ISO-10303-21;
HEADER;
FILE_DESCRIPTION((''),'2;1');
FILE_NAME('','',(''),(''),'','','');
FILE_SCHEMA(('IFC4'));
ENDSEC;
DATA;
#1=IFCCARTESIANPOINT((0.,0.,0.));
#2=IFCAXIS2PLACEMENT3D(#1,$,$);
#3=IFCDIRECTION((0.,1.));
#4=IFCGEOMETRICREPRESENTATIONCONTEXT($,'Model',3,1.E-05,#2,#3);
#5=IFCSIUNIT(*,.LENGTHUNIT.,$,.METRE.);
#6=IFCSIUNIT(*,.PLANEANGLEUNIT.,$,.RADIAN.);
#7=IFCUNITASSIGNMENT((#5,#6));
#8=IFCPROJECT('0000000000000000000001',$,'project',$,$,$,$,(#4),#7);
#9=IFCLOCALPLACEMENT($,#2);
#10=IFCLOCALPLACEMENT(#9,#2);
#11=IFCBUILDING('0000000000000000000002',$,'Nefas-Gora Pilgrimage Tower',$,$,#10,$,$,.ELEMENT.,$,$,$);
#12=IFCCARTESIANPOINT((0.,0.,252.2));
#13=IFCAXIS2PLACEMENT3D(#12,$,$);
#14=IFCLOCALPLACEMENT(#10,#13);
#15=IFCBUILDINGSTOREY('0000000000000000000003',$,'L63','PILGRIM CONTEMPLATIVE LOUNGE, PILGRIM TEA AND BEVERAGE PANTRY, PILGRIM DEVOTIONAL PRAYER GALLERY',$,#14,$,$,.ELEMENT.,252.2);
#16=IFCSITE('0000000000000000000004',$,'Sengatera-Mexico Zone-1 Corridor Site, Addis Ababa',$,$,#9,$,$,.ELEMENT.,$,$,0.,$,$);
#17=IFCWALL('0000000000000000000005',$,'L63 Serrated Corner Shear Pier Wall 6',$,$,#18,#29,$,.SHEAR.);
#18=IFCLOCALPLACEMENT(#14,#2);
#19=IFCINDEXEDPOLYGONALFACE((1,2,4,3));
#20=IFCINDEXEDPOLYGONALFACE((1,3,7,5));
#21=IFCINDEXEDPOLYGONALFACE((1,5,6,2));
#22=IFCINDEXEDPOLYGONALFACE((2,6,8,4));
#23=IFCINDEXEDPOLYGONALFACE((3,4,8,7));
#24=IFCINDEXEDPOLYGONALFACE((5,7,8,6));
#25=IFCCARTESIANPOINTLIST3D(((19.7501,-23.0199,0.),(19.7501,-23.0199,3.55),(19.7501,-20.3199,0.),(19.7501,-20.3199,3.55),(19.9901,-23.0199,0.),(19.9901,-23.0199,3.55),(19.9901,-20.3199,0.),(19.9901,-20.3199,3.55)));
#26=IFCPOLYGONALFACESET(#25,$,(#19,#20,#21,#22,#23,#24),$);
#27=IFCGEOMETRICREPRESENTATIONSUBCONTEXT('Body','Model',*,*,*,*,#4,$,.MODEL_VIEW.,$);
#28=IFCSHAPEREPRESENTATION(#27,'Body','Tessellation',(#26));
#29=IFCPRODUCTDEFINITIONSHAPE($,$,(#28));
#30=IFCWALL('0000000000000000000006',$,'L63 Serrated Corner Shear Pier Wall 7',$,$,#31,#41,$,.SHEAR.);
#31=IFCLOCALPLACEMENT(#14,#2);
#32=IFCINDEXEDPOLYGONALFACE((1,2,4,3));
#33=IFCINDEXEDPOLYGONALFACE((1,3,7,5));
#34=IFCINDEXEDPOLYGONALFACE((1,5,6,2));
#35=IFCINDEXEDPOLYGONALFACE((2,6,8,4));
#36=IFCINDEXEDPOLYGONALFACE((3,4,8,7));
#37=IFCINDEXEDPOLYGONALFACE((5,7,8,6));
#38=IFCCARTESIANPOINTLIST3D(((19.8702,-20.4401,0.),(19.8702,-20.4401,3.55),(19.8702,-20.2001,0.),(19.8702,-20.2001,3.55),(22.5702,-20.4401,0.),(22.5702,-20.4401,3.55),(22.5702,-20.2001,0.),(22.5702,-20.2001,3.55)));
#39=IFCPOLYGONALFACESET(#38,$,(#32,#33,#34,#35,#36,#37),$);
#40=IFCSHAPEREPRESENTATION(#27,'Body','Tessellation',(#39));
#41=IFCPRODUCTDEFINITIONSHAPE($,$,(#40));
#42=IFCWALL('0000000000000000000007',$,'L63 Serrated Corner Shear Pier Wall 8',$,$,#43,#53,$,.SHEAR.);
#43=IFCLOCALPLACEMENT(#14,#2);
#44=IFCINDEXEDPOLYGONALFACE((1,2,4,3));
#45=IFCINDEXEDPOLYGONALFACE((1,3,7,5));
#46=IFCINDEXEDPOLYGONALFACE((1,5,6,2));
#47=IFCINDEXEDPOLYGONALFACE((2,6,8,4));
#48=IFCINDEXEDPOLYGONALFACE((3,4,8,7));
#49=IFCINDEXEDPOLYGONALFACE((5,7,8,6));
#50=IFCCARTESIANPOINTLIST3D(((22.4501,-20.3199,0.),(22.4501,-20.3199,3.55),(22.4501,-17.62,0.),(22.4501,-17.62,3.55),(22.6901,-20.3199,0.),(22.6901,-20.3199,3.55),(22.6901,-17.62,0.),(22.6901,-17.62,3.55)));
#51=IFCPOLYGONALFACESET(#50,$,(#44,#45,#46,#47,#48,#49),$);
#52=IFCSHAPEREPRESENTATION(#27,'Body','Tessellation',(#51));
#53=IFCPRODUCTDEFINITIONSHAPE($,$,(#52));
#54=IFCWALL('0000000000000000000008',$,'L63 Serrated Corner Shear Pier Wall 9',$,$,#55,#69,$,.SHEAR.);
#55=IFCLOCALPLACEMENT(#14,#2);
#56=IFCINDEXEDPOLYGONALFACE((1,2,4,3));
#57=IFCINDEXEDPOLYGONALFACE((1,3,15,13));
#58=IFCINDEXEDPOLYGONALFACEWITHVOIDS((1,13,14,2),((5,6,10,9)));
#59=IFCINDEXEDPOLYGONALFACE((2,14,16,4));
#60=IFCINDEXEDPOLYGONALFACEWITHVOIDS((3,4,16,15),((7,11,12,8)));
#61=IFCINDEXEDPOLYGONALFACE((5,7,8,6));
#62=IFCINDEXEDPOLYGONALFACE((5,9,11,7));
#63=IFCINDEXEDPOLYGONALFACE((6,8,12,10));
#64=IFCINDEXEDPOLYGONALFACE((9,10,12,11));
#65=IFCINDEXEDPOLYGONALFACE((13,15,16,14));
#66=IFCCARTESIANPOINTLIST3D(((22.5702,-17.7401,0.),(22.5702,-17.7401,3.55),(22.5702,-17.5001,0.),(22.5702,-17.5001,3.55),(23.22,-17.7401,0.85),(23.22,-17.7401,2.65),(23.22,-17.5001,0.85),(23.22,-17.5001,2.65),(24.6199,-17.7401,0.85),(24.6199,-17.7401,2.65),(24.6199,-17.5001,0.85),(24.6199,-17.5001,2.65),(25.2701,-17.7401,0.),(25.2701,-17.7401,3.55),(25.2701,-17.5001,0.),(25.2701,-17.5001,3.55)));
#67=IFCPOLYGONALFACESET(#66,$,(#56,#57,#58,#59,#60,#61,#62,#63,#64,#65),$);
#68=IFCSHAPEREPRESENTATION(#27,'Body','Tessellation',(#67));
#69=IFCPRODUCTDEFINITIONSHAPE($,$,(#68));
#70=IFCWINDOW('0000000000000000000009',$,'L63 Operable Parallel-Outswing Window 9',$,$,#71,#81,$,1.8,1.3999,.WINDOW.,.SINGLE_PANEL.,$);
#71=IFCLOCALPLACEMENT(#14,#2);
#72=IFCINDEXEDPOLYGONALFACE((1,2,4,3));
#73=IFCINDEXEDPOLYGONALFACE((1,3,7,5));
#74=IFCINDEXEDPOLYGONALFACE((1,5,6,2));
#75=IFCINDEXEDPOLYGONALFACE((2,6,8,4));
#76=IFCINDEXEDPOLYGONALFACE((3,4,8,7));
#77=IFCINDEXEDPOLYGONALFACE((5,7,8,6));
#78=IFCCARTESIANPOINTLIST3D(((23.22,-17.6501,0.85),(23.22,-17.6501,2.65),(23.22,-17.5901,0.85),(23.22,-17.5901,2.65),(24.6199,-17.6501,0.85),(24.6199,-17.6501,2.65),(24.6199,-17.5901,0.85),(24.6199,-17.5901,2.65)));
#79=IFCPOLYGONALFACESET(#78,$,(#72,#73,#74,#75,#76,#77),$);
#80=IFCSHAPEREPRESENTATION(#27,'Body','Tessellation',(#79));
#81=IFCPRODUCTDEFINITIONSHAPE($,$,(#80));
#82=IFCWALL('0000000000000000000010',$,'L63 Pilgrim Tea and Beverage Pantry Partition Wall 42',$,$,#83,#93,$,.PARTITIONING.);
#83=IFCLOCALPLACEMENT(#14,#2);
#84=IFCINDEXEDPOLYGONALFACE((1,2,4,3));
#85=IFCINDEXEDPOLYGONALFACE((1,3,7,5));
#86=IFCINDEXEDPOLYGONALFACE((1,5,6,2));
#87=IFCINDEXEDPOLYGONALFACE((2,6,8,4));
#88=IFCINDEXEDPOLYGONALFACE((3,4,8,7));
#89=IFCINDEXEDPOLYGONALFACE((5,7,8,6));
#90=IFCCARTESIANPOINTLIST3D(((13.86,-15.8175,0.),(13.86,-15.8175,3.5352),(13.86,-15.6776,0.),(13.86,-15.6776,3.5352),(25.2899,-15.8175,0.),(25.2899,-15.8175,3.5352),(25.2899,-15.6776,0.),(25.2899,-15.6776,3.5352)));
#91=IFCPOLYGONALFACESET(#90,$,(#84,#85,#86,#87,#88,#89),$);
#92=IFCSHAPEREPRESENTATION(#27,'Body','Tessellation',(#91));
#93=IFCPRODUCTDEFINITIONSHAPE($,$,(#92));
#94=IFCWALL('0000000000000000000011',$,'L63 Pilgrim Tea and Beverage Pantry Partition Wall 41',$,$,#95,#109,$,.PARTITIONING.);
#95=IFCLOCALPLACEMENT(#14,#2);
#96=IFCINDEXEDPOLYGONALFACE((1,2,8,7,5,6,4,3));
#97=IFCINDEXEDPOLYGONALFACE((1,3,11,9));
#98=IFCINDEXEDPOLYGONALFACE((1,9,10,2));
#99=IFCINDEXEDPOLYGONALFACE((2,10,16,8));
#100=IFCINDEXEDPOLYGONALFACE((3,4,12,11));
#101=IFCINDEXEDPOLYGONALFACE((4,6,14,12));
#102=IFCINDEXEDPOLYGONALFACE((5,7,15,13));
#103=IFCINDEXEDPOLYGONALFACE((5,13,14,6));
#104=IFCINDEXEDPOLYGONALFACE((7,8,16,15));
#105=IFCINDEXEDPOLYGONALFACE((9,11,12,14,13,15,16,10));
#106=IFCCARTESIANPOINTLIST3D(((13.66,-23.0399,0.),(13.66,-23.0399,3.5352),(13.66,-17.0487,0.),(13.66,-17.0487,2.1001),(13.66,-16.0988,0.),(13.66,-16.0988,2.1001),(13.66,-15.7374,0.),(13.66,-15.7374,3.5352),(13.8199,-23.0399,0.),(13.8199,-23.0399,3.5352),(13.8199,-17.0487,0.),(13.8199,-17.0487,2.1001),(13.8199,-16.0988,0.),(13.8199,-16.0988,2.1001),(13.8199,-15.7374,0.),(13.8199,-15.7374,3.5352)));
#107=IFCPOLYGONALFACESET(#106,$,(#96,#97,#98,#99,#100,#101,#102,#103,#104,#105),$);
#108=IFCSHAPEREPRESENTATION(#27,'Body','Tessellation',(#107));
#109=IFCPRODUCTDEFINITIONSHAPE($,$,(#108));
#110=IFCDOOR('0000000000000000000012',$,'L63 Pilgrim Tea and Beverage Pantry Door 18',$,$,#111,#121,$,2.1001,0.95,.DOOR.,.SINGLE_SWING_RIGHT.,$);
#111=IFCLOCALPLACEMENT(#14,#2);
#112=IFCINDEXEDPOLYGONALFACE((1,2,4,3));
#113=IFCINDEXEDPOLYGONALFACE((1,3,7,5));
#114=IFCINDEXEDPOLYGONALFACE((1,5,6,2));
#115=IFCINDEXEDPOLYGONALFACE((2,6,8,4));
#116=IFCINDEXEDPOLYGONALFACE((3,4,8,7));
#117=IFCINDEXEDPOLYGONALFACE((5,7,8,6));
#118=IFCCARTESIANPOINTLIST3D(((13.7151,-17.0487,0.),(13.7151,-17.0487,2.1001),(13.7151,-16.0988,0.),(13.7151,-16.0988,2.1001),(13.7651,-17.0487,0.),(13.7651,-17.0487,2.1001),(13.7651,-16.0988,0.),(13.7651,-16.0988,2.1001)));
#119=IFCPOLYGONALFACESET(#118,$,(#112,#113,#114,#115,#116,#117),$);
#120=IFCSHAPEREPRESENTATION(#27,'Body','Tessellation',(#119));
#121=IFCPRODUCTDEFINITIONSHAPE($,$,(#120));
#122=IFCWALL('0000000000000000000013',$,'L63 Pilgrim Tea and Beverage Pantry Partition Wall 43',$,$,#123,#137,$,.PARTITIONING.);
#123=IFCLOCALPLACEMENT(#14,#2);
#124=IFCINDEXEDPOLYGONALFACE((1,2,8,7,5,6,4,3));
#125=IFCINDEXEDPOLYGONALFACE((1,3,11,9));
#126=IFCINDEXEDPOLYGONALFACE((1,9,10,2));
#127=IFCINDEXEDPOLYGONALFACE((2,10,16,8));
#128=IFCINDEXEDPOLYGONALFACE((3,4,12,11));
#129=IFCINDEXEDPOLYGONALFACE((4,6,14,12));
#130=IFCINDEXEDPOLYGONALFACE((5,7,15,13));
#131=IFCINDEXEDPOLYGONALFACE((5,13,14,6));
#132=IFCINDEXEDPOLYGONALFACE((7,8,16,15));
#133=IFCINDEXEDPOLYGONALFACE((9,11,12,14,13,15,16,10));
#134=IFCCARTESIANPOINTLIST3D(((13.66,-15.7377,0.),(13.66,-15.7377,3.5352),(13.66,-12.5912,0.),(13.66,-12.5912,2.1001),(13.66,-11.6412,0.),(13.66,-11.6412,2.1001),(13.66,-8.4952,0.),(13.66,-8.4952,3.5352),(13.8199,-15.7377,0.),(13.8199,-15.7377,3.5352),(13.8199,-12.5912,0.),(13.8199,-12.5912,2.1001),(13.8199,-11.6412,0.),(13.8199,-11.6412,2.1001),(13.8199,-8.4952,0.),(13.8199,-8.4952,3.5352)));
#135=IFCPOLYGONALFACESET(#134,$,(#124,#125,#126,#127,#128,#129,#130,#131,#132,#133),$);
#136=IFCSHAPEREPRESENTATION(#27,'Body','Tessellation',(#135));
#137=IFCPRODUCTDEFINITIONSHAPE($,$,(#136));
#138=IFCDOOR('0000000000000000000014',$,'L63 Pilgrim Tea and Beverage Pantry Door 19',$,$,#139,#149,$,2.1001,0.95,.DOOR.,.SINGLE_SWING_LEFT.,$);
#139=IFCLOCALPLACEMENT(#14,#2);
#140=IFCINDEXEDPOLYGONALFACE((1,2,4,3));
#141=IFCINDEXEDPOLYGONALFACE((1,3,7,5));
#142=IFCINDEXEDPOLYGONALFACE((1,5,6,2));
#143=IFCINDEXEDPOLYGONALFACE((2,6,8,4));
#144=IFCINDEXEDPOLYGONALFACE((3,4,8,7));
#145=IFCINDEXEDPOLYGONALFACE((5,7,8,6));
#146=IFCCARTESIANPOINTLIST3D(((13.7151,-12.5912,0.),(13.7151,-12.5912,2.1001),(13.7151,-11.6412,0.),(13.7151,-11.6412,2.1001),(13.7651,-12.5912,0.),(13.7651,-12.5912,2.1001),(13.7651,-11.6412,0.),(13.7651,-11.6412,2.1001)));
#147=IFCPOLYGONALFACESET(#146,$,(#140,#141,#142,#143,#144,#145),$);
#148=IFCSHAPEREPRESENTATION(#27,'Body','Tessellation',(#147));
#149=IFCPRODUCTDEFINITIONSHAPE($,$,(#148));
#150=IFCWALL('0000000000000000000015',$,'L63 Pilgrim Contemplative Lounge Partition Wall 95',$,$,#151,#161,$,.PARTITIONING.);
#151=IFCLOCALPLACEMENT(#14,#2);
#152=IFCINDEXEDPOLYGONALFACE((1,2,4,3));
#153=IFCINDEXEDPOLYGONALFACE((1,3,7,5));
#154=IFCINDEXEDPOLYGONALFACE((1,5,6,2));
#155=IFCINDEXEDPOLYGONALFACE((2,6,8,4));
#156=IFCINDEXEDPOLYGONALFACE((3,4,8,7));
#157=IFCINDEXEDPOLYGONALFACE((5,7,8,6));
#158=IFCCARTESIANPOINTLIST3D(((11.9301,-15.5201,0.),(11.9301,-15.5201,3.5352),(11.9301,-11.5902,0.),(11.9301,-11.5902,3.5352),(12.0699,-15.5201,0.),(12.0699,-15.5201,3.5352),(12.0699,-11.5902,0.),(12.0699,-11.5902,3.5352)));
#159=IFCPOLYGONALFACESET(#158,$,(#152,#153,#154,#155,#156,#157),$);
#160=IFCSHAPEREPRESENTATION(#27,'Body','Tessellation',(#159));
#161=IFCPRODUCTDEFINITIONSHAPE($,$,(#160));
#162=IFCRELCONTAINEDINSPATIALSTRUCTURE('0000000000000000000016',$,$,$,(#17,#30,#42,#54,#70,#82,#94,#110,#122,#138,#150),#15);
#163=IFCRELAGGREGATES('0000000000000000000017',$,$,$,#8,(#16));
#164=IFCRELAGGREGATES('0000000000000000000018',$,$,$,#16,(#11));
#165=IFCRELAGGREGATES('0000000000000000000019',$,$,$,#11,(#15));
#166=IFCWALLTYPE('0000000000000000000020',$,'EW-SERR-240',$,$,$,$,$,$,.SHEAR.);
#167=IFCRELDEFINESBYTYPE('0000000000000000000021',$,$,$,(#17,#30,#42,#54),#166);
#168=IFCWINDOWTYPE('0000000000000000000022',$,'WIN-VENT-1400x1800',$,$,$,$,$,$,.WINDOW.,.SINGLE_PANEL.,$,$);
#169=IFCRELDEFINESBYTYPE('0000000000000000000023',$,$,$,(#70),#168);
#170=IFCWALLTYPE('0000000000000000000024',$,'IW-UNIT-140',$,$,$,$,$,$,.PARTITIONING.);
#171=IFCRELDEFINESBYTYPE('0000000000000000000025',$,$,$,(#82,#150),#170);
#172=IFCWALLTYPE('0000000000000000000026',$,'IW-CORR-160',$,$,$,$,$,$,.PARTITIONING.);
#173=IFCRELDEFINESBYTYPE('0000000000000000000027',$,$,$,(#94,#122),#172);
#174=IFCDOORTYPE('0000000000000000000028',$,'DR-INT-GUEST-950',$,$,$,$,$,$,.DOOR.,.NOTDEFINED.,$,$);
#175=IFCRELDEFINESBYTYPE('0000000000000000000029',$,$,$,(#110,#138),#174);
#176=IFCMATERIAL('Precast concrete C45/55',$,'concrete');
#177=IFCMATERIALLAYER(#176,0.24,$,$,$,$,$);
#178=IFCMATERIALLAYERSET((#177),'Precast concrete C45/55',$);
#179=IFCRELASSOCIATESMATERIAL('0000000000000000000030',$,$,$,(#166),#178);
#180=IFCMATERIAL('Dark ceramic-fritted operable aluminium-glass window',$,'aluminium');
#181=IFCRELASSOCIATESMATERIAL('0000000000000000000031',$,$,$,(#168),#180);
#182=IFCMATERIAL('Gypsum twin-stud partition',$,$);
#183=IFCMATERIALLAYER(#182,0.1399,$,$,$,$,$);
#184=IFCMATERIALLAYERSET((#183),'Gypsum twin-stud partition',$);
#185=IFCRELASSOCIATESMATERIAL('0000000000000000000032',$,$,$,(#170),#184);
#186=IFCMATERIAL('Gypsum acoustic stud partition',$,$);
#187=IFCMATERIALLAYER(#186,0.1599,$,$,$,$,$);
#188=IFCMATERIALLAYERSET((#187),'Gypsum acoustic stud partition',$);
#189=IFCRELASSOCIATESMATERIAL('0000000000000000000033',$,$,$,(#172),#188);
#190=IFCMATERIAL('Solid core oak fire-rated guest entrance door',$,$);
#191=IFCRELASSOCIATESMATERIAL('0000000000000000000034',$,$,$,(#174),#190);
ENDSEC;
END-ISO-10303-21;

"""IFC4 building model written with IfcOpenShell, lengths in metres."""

from ifc_helpers import new_model, si_unit, direction, frame, frame_2d, origin, place, context, subcontext, project, spatial, rectangle, extrude, source, transform, mapped, material, layer, layer_set, type_object, element, fill, save


model = new_model("IFC4")

# Units and contexts
model_context = context("Model", 3, precision=1e-05, world=origin(), true_north=direction((0.0, 1.0)))
body_context = subcontext(model_context, "Body", "Model", "MODEL_VIEW")
ifc_project = project(units=[si_unit("LENGTHUNIT", "METRE"), si_unit("PLANEANGLEUNIT", "RADIAN")], contexts=[model_context])

# Site, building, storey
site_placement = place(None, origin())
site = spatial("IfcSite", under=ifc_project, at=site_placement, Name="Sengatera-Mexico Zone-1 Corridor Site, Addis Ababa", CompositionType="ELEMENT", RefElevation=0.0)
building_placement = place(site_placement, origin())
building = spatial("IfcBuilding", under=site, at=building_placement, Name="Nefas-Gora Pilgrimage Tower", CompositionType="ELEMENT")
storey_placement = place(building_placement, frame((0.0, 0.0, 252.2)))
storey = spatial("IfcBuildingStorey", under=building, at=storey_placement, Name="L63", Description="PILGRIM CONTEMPLATIVE LOUNGE, PILGRIM TEA AND BEVERAGE PANTRY, PILGRIM DEVOTIONAL PRAYER GALLERY", CompositionType="ELEMENT", Elevation=252.2)

# Walls
ifc_material_1 = material(Name="Precast concrete C45/55", Category="concrete")
ifc_layer_1 = layer(ifc_material_1, 0.24)
ifc_layer_set_1 = layer_set([ifc_layer_1], Name="Precast concrete C45/55")
wall_type_1 = type_object("IfcWallType", Name="EW-SERR-240", PredefinedType="SHEAR", material=ifc_layer_set_1)
shared_shape_1 = source(origin(), body_context, "Body", "SweptSolid", [
    extrude(rectangle(XDim=2.7, YDim=0.24, at=frame_2d((1.3501, 0.0))), origin(), (0.0, 0.0, 1.0), 3.55),
])
for number, where, z_axis, x_axis, name in (
    (1, (19.8701, -23.02, 0.0), (0.0, 0.0, 1.0), (0.0, 1.0, 0.0), "L63 Serrated Corner Shear Pier Wall 6"),
    (2, (19.8701, -20.3201, 0.0), (0.0, 0.0, 1.0), (1.0, 0.0, 0.0), "L63 Serrated Corner Shear Pier Wall 7"),
    (3, (22.5701, -20.3201, 0.0), (0.0, 0.0, 1.0), (0.0, 1.0, 0.0), "L63 Serrated Corner Shear Pier Wall 8"),
):
    element("IfcWall", number, at=place(storey_placement, frame(where, z_axis=z_axis, x_axis=x_axis)), inside=storey, type_object=wall_type_1, Name=name, PredefinedType="SHEAR", context=body_context, shape_type="MappedRepresentation", body=[
        mapped(shared_shape_1, transform((0.0, 0.0, 0.0), x_axis=(1.0, 0.0, 0.0), y_axis=(0.0, 1.0, 0.0), z_axis=(0.0, 0.0, 1.0), scale=1.0)),
    ])

# Wall, opening, window
wall_1_placement = place(storey_placement, frame((22.5701, -17.6201, 0.0), z_axis=(0.0, 0.0, 1.0), x_axis=(1.0, 0.0, 0.0)))
wall_1 = element("IfcWall", 4, at=wall_1_placement, inside=storey, type_object=wall_type_1, Name="L63 Serrated Corner Shear Pier Wall 9", PredefinedType="SHEAR", context=body_context, shape_type="MappedRepresentation", body=[
    mapped(shared_shape_1, transform((0.0, 0.0, 0.0), x_axis=(1.0, 0.0, 0.0), y_axis=(0.0, 1.0, 0.0), z_axis=(0.0, 0.0, 1.0), scale=1.0)),
])
opening_1_placement = place(wall_1_placement, frame((0.6499, 0.0, 0.8501)))
opening_1 = element("IfcOpeningElement", 5, at=opening_1_placement, cuts=wall_1, PredefinedType="OPENING", context=body_context, shape_type="SweptSolid", body=[
    extrude(rectangle(XDim=1.3999, YDim=1.8, at=frame_2d((0.7, 0.8999))), frame((0.0, 0.1299, 0.0), z_axis=(0.0, -1.0, 0.0), x_axis=(1.0, 0.0, 0.0)), (0.0, 0.0, 1.0), 0.26),
])
ifc_material_2 = material(Name="Dark ceramic-fritted operable aluminium-glass window", Category="aluminium")
window_type = type_object("IfcWindowType", Name="WIN-VENT-1400x1800", PartitioningType="SINGLE_PANEL", PredefinedType="WINDOW", material=ifc_material_2)
shared_shape_2 = source(origin(), body_context, "Body", "SweptSolid", [
    extrude(rectangle(XDim=1.3999, YDim=1.8, at=frame_2d((0.7, 0.8999))), frame((0.0, 0.03, 0.0), z_axis=(0.0, -1.0, 0.0), x_axis=(1.0, 0.0, 0.0)), (0.0, 0.0, 1.0), 0.0601),
])
window_placement = place(opening_1_placement, origin())
window = element("IfcWindow", 6, at=window_placement, inside=storey, type_object=window_type, Name="L63 Operable Parallel-Outswing Window 9", OverallHeight=1.8, OverallWidth=1.3999, PartitioningType="SINGLE_PANEL", PredefinedType="WINDOW", context=body_context, shape_type="MappedRepresentation", body=[
    mapped(shared_shape_2, transform((0.0, 0.0, 0.0), x_axis=(1.0, 0.0, 0.0), y_axis=(0.0, 1.0, 0.0), z_axis=(0.0, 0.0, 1.0), scale=1.0)),
])
fill(opening_1, window)

# Wall
ifc_material_3 = material(Name="Gypsum twin-stud partition")
ifc_layer_2 = layer(ifc_material_3, 0.1399)
ifc_layer_set_2 = layer_set([ifc_layer_2], Name="Gypsum twin-stud partition")
wall_type_2 = type_object("IfcWallType", Name="IW-UNIT-140", PredefinedType="PARTITIONING", material=ifc_layer_set_2)
shared_shape_3 = source(origin(), body_context, "Body", "SweptSolid", [
    extrude(rectangle(XDim=11.4299, YDim=0.1399, at=frame_2d((5.7148, 0.0))), origin(), (0.0, 0.0, 1.0), 3.5352),
])
wall_2_placement = place(storey_placement, frame((13.8601, -15.7476, 0.0), z_axis=(0.0, 0.0, 1.0), x_axis=(1.0, 0.0, 0.0)))
element("IfcWall", 7, at=wall_2_placement, inside=storey, type_object=wall_type_2, Name="L63 Pilgrim Tea and Beverage Pantry Partition Wall 42", PredefinedType="PARTITIONING", context=body_context, shape_type="MappedRepresentation", body=[
    mapped(shared_shape_3, transform((0.0, 0.0, 0.0), x_axis=(1.0, 0.0, 0.0), y_axis=(0.0, 1.0, 0.0), z_axis=(0.0, 0.0, 1.0), scale=1.0)),
])

# Walls, openings, doors
ifc_material_4 = material(Name="Gypsum acoustic stud partition")
ifc_layer_3 = layer(ifc_material_4, 0.1599)
ifc_layer_set_3 = layer_set([ifc_layer_3], Name="Gypsum acoustic stud partition")
wall_type_3 = type_object("IfcWallType", Name="IW-CORR-160", PredefinedType="PARTITIONING", material=ifc_layer_set_3)
shared_shape_4 = source(origin(), body_context, "Body", "SweptSolid", [
    extrude(rectangle(XDim=7.3025, YDim=0.1599, at=frame_2d((3.6514, 0.0))), origin(), (0.0, 0.0, 1.0), 3.5352),
])
wall_3_placement = place(storey_placement, frame((13.74, -23.04, 0.0), z_axis=(0.0, 0.0, 1.0), x_axis=(0.0, 1.0, 0.0)))
wall_3 = element("IfcWall", 8, at=wall_3_placement, inside=storey, type_object=wall_type_3, Name="L63 Pilgrim Tea and Beverage Pantry Partition Wall 41", PredefinedType="PARTITIONING", context=body_context, shape_type="MappedRepresentation", body=[
    mapped(shared_shape_4, transform((0.0, 0.0, 0.0), x_axis=(1.0, 0.0, 0.0), y_axis=(0.0, 1.0, 0.0), z_axis=(0.0, 0.0, 1.0), scale=1.0)),
])
opening_2_placement = place(wall_3_placement, frame((5.9912, 0.0, 0.0)))
opening_2 = element("IfcOpeningElement", 9, at=opening_2_placement, cuts=wall_3, PredefinedType="OPENING", context=body_context, shape_type="SweptSolid", body=[
    extrude(rectangle(XDim=0.95, YDim=2.1001, at=frame_2d((0.4751, 1.05))), frame((0.0, 0.0898, 0.0), z_axis=(0.0, -1.0, 0.0), x_axis=(1.0, 0.0, 0.0)), (0.0, 0.0, 1.0), 0.1799),
])
ifc_material_5 = material(Name="Solid core oak fire-rated guest entrance door")
door_type = type_object("IfcDoorType", Name="DR-INT-GUEST-950", OperationType="NOTDEFINED", PredefinedType="DOOR", material=ifc_material_5)
shared_shape_5 = source(origin(), body_context, "Body", "SweptSolid", [
    extrude(rectangle(XDim=0.95, YDim=2.1001, at=frame_2d((0.4751, 1.05))), frame((0.0, 0.0249, 0.0), z_axis=(0.0, -1.0, 0.0), x_axis=(1.0, 0.0, 0.0)), (0.0, 0.0, 1.0), 0.05),
])
door_1_placement = place(opening_2_placement, origin())
door_1 = element("IfcDoor", 10, at=door_1_placement, inside=storey, type_object=door_type, Name="L63 Pilgrim Tea and Beverage Pantry Door 18", OperationType="SINGLE_SWING_RIGHT", OverallHeight=2.1001, OverallWidth=0.95, PredefinedType="DOOR", context=body_context, shape_type="MappedRepresentation", body=[
    mapped(shared_shape_5, transform((0.0, 0.0, 0.0), x_axis=(1.0, 0.0, 0.0), y_axis=(0.0, 1.0, 0.0), z_axis=(0.0, 0.0, 1.0), scale=1.0)),
])
fill(opening_2, door_1)
shared_shape_6 = source(origin(), body_context, "Body", "SweptSolid", [
    extrude(rectangle(XDim=7.2424, YDim=0.1599, at=frame_2d((3.6211, 0.0))), origin(), (0.0, 0.0, 1.0), 3.5352),
])
wall_4_placement = place(storey_placement, frame((13.74, -15.7375, 0.0), z_axis=(0.0, 0.0, 1.0), x_axis=(0.0, 1.0, 0.0)))
wall_4 = element("IfcWall", 11, at=wall_4_placement, inside=storey, type_object=wall_type_3, Name="L63 Pilgrim Tea and Beverage Pantry Partition Wall 43", PredefinedType="PARTITIONING", context=body_context, shape_type="MappedRepresentation", body=[
    mapped(shared_shape_6, transform((0.0, 0.0, 0.0), x_axis=(1.0, 0.0, 0.0), y_axis=(0.0, 1.0, 0.0), z_axis=(0.0, 0.0, 1.0), scale=1.0)),
])
opening_3_placement = place(wall_4_placement, frame((3.1462, 0.0, 0.0)))
opening_3 = element("IfcOpeningElement", 12, at=opening_3_placement, cuts=wall_4, PredefinedType="OPENING", context=body_context, shape_type="SweptSolid", body=[
    extrude(rectangle(XDim=0.95, YDim=2.1001, at=frame_2d((0.4751, 1.05))), frame((0.0, 0.0898, 0.0), z_axis=(0.0, -1.0, 0.0), x_axis=(1.0, 0.0, 0.0)), (0.0, 0.0, 1.0), 0.1799),
])
door_2_placement = place(opening_3_placement, origin())
door_2 = element("IfcDoor", 13, at=door_2_placement, inside=storey, type_object=door_type, Name="L63 Pilgrim Tea and Beverage Pantry Door 19", OperationType="SINGLE_SWING_LEFT", OverallHeight=2.1001, OverallWidth=0.95, PredefinedType="DOOR", context=body_context, shape_type="MappedRepresentation", body=[
    mapped(shared_shape_5, transform((0.0, 0.0, 0.0), x_axis=(1.0, 0.0, 0.0), y_axis=(0.0, 1.0, 0.0), z_axis=(0.0, 0.0, 1.0), scale=1.0)),
])
fill(opening_3, door_2)

# Wall
shared_shape_7 = source(origin(), body_context, "Body", "SweptSolid", [
    extrude(rectangle(XDim=3.9299, YDim=0.1399, at=frame_2d((1.9648, 0.0))), origin(), (0.0, 0.0, 1.0), 3.5352),
])
wall_5_placement = place(storey_placement, frame((12.0, -15.52, 0.0), z_axis=(0.0, 0.0, 1.0), x_axis=(0.0, 1.0, 0.0)))
element("IfcWall", 14, at=wall_5_placement, inside=storey, type_object=wall_type_2, Name="L63 Pilgrim Contemplative Lounge Partition Wall 95", PredefinedType="PARTITIONING", context=body_context, shape_type="MappedRepresentation", body=[
    mapped(shared_shape_7, transform((0.0, 0.0, 0.0), x_axis=(1.0, 0.0, 0.0), y_axis=(0.0, 1.0, 0.0), z_axis=(0.0, 0.0, 1.0), scale=1.0)),
])

save(model, "model.ifc")
